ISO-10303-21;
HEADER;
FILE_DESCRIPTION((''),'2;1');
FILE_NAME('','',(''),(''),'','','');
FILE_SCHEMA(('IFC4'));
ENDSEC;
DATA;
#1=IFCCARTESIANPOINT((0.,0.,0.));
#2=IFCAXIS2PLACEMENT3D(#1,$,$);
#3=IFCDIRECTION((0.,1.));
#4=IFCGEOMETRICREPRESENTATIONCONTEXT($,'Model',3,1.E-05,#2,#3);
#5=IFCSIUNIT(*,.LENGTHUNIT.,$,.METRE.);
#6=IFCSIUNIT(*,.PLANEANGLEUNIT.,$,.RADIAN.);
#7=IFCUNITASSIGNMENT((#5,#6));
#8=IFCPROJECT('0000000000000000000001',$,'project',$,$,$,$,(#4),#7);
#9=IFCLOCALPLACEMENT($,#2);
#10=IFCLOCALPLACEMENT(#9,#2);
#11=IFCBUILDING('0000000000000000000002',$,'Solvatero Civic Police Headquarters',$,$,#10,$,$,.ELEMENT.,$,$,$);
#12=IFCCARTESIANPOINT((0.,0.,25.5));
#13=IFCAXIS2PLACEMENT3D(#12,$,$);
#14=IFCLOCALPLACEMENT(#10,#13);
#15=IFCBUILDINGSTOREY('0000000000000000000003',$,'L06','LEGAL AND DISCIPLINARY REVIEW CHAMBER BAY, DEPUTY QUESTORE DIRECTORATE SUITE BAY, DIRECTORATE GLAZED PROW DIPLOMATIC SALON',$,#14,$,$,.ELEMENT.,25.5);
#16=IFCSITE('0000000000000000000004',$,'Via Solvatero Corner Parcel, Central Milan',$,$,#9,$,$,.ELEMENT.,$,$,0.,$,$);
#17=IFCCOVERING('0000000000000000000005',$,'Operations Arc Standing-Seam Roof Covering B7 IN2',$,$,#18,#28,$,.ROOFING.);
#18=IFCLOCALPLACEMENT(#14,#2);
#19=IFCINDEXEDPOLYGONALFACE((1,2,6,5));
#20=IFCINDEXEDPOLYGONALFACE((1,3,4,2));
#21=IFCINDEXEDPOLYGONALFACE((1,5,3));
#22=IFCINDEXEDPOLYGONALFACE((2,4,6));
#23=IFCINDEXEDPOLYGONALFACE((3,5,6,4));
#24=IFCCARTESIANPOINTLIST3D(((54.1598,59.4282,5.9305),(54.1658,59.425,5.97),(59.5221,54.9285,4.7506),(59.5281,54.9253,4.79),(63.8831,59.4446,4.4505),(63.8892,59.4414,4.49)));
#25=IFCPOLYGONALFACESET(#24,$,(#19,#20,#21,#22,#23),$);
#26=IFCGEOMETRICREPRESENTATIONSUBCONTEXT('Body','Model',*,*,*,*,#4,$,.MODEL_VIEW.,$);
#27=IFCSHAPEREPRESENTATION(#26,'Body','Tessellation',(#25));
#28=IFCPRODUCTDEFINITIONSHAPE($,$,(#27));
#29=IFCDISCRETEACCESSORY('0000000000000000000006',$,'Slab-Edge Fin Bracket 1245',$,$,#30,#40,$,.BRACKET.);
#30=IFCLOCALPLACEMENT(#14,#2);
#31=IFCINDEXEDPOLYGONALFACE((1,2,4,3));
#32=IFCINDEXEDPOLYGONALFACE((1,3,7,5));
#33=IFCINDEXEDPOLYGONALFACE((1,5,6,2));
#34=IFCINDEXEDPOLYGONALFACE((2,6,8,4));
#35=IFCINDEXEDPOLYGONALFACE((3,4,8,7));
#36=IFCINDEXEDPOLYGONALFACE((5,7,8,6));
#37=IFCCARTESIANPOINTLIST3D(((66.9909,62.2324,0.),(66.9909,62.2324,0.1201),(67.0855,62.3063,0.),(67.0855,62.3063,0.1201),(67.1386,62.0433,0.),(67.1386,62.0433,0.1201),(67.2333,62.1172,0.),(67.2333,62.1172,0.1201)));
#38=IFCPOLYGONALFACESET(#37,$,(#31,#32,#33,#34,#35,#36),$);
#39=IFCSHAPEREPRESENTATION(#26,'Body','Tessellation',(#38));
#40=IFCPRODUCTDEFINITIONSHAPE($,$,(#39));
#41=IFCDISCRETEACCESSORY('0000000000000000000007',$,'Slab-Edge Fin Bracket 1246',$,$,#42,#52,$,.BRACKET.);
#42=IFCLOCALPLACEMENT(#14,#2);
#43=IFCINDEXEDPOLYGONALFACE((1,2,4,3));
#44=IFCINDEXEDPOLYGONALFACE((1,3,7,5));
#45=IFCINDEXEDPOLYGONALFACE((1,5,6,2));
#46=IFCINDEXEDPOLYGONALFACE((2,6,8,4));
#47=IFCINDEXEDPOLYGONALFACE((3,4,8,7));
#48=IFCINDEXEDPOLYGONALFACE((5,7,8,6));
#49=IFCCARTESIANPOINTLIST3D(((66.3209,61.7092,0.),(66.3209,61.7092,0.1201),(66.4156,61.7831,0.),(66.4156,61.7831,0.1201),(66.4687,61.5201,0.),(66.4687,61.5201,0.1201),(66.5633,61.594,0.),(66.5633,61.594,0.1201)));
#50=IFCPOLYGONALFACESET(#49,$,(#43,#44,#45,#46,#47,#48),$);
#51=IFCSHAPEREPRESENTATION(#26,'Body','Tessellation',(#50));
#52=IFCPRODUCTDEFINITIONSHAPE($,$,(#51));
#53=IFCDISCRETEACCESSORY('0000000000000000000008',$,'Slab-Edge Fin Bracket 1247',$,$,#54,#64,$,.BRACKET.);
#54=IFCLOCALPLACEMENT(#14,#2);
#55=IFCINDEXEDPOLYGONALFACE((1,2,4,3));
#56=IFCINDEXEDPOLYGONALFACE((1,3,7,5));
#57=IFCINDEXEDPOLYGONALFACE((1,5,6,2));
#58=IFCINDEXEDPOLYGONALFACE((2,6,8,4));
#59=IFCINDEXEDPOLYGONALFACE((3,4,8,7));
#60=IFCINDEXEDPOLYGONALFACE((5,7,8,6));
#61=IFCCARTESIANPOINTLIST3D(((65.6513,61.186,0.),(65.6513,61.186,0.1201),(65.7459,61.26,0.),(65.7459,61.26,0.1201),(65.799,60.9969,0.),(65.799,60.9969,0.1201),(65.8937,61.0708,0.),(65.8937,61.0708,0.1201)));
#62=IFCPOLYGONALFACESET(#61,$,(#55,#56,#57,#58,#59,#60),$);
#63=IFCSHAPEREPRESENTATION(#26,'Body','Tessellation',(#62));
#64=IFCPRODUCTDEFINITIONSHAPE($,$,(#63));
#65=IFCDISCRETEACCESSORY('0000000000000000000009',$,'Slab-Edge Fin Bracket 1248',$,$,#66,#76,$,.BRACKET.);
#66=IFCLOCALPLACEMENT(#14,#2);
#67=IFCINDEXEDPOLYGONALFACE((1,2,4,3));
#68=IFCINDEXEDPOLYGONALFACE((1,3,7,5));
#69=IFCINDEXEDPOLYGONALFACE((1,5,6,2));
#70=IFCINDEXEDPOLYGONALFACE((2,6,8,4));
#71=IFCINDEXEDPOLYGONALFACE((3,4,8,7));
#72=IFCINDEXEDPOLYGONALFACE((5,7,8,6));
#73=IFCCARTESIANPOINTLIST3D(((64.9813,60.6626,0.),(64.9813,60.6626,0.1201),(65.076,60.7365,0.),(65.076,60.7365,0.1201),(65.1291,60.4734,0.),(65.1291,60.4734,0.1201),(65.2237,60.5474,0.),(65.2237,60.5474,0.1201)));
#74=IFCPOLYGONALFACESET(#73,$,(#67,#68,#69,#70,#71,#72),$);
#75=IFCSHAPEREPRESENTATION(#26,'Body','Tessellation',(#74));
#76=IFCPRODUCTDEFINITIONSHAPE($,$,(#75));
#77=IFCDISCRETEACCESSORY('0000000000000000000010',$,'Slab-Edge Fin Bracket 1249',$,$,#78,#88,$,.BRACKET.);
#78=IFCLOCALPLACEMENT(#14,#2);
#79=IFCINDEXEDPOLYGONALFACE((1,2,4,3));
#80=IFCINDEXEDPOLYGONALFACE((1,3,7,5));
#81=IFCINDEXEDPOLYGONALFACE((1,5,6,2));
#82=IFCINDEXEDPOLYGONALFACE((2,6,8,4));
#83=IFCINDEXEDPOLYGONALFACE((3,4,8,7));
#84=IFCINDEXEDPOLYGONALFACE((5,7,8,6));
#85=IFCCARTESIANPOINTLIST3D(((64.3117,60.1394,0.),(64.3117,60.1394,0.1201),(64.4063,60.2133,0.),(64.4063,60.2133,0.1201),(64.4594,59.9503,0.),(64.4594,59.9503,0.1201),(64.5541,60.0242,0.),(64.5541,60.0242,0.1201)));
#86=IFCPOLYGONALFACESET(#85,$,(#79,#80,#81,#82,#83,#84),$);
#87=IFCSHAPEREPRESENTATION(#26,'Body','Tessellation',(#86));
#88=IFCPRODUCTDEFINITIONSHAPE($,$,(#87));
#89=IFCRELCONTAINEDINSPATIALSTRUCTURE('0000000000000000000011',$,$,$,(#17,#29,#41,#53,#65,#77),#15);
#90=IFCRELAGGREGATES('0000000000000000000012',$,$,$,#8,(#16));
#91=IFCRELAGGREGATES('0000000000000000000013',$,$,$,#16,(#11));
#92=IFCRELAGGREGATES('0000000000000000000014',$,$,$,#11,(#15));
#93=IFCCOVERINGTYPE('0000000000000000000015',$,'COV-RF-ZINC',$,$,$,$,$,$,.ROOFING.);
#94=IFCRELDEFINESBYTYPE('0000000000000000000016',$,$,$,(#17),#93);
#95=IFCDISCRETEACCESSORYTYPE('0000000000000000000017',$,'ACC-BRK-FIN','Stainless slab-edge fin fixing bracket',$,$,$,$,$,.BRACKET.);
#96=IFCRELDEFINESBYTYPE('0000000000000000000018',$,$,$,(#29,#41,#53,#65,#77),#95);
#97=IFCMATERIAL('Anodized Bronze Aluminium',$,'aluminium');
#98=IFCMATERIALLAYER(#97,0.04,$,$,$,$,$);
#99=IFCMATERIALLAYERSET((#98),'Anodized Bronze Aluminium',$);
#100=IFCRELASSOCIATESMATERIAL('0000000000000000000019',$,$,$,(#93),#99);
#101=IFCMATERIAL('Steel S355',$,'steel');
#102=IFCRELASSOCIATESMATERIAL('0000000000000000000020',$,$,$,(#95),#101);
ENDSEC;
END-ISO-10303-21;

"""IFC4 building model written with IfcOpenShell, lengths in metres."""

from ifc_helpers import new_model, si_unit, direction, frame, origin, origin_2d, place, context, subcontext, project, spatial, polyline, rectangle, outline, extrude, material, layer, layer_set, type_object, element, save


model = new_model("IFC4")

# Units and contexts
model_context = context("Model", 3, precision=1e-05, world=origin(), true_north=direction((0.0, 1.0)))
body_context = subcontext(model_context, "Body", "Model", "MODEL_VIEW")
ifc_project = project(units=[si_unit("LENGTHUNIT", "METRE"), si_unit("PLANEANGLEUNIT", "RADIAN")], contexts=[model_context])

# Site, building, storey
site_placement = place(None, origin())
site = spatial("IfcSite", under=ifc_project, at=site_placement, Name="Via Solvatero Corner Parcel, Central Milan", CompositionType="ELEMENT", RefElevation=0.0)
building_placement = place(site_placement, origin())
building = spatial("IfcBuilding", under=site, at=building_placement, Name="Solvatero Civic Police Headquarters", CompositionType="ELEMENT")
storey_placement = place(building_placement, frame((0.0, 0.0, 25.5)))
storey = spatial("IfcBuildingStorey", under=building, at=storey_placement, Name="L06", Description="LEGAL AND DISCIPLINARY REVIEW CHAMBER BAY, DEPUTY QUESTORE DIRECTORATE SUITE BAY, DIRECTORATE GLAZED PROW DIPLOMATIC SALON", CompositionType="ELEMENT", Elevation=25.5)

# Shared definitions
ifc_material_1 = material(Name="Steel S355", Category="steel")

# Shared definitions
ifc_material_2 = material(Name="Anodized Bronze Aluminium", Category="aluminium")

# Covering
ifc_layer_1 = layer(ifc_material_2, 0.04)
ifc_layer_set_1 = layer_set([ifc_layer_1], Name="Anodized Bronze Aluminium")
covering_type_1 = type_object("IfcCoveringType", Name="COV-RF-ZINC", PredefinedType="ROOFING", material=ifc_layer_set_1)
covering_1_placement = place(storey_placement, frame((63.8892, 59.4414, 4.49), z_axis=(0.15013, -0.079502, 0.985465), x_axis=(-0.988612, -0.001663, 0.150475)))
element("IfcCovering", 1, at=covering_1_placement, inside=storey, type_object=covering_type_1, Name="Operations Arc Standing-Seam Roof Covering B7 IN2", PredefinedType="ROOFING", context=body_context, shape_type="SweptSolid", body=[
    extrude(outline(polyline([(0.0, 0.0), (9.8354, 0.0), (4.3641, 4.5232), (0.0, 0.0)])), origin(), (0.0, 0.0, -1.0), 0.04),
])

# Discrete accessories
discrete_accessory_type = type_object("IfcDiscreteAccessoryType", Name="ACC-BRK-FIN", Description="Stainless slab-edge fin fixing bracket", PredefinedType="BRACKET", material=ifc_material_1)
for number, where, z_axis, x_axis, name in (
    (2, (67.1121, 62.1748, 0.0), (0.0, 0.0, 1.0), (-0.788011, -0.615661, 0.0), "Slab-Edge Fin Bracket 1245"),
    (3, (66.4421, 61.6516, 0.0), (0.0, 0.0, 1.0), (-0.788011, -0.615661, 0.0), "Slab-Edge Fin Bracket 1246"),
    (4, (65.7725, 61.1284, 0.0), (0.0, 0.0, 1.0), (-0.788011, -0.615661, 0.0), "Slab-Edge Fin Bracket 1247"),
    (5, (65.1025, 60.605, 0.0), (0.0, 0.0, 1.0), (-0.788011, -0.615661, 0.0), "Slab-Edge Fin Bracket 1248"),
    (6, (64.4329, 60.0818, 0.0), (0.0, 0.0, 1.0), (-0.788011, -0.615661, 0.0), "Slab-Edge Fin Bracket 1249"),
):
    element("IfcDiscreteAccessory", number, at=place(storey_placement, frame(where, z_axis=z_axis, x_axis=x_axis)), inside=storey, type_object=discrete_accessory_type, Name=name, PredefinedType="BRACKET", context=body_context, shape_type="SweptSolid", body=[
        extrude(rectangle(XDim=0.1201, YDim=0.24, at=origin_2d()), origin(), (0.0, 0.0, 1.0), 0.1201),
    ])

save(model, "model.ifc")
